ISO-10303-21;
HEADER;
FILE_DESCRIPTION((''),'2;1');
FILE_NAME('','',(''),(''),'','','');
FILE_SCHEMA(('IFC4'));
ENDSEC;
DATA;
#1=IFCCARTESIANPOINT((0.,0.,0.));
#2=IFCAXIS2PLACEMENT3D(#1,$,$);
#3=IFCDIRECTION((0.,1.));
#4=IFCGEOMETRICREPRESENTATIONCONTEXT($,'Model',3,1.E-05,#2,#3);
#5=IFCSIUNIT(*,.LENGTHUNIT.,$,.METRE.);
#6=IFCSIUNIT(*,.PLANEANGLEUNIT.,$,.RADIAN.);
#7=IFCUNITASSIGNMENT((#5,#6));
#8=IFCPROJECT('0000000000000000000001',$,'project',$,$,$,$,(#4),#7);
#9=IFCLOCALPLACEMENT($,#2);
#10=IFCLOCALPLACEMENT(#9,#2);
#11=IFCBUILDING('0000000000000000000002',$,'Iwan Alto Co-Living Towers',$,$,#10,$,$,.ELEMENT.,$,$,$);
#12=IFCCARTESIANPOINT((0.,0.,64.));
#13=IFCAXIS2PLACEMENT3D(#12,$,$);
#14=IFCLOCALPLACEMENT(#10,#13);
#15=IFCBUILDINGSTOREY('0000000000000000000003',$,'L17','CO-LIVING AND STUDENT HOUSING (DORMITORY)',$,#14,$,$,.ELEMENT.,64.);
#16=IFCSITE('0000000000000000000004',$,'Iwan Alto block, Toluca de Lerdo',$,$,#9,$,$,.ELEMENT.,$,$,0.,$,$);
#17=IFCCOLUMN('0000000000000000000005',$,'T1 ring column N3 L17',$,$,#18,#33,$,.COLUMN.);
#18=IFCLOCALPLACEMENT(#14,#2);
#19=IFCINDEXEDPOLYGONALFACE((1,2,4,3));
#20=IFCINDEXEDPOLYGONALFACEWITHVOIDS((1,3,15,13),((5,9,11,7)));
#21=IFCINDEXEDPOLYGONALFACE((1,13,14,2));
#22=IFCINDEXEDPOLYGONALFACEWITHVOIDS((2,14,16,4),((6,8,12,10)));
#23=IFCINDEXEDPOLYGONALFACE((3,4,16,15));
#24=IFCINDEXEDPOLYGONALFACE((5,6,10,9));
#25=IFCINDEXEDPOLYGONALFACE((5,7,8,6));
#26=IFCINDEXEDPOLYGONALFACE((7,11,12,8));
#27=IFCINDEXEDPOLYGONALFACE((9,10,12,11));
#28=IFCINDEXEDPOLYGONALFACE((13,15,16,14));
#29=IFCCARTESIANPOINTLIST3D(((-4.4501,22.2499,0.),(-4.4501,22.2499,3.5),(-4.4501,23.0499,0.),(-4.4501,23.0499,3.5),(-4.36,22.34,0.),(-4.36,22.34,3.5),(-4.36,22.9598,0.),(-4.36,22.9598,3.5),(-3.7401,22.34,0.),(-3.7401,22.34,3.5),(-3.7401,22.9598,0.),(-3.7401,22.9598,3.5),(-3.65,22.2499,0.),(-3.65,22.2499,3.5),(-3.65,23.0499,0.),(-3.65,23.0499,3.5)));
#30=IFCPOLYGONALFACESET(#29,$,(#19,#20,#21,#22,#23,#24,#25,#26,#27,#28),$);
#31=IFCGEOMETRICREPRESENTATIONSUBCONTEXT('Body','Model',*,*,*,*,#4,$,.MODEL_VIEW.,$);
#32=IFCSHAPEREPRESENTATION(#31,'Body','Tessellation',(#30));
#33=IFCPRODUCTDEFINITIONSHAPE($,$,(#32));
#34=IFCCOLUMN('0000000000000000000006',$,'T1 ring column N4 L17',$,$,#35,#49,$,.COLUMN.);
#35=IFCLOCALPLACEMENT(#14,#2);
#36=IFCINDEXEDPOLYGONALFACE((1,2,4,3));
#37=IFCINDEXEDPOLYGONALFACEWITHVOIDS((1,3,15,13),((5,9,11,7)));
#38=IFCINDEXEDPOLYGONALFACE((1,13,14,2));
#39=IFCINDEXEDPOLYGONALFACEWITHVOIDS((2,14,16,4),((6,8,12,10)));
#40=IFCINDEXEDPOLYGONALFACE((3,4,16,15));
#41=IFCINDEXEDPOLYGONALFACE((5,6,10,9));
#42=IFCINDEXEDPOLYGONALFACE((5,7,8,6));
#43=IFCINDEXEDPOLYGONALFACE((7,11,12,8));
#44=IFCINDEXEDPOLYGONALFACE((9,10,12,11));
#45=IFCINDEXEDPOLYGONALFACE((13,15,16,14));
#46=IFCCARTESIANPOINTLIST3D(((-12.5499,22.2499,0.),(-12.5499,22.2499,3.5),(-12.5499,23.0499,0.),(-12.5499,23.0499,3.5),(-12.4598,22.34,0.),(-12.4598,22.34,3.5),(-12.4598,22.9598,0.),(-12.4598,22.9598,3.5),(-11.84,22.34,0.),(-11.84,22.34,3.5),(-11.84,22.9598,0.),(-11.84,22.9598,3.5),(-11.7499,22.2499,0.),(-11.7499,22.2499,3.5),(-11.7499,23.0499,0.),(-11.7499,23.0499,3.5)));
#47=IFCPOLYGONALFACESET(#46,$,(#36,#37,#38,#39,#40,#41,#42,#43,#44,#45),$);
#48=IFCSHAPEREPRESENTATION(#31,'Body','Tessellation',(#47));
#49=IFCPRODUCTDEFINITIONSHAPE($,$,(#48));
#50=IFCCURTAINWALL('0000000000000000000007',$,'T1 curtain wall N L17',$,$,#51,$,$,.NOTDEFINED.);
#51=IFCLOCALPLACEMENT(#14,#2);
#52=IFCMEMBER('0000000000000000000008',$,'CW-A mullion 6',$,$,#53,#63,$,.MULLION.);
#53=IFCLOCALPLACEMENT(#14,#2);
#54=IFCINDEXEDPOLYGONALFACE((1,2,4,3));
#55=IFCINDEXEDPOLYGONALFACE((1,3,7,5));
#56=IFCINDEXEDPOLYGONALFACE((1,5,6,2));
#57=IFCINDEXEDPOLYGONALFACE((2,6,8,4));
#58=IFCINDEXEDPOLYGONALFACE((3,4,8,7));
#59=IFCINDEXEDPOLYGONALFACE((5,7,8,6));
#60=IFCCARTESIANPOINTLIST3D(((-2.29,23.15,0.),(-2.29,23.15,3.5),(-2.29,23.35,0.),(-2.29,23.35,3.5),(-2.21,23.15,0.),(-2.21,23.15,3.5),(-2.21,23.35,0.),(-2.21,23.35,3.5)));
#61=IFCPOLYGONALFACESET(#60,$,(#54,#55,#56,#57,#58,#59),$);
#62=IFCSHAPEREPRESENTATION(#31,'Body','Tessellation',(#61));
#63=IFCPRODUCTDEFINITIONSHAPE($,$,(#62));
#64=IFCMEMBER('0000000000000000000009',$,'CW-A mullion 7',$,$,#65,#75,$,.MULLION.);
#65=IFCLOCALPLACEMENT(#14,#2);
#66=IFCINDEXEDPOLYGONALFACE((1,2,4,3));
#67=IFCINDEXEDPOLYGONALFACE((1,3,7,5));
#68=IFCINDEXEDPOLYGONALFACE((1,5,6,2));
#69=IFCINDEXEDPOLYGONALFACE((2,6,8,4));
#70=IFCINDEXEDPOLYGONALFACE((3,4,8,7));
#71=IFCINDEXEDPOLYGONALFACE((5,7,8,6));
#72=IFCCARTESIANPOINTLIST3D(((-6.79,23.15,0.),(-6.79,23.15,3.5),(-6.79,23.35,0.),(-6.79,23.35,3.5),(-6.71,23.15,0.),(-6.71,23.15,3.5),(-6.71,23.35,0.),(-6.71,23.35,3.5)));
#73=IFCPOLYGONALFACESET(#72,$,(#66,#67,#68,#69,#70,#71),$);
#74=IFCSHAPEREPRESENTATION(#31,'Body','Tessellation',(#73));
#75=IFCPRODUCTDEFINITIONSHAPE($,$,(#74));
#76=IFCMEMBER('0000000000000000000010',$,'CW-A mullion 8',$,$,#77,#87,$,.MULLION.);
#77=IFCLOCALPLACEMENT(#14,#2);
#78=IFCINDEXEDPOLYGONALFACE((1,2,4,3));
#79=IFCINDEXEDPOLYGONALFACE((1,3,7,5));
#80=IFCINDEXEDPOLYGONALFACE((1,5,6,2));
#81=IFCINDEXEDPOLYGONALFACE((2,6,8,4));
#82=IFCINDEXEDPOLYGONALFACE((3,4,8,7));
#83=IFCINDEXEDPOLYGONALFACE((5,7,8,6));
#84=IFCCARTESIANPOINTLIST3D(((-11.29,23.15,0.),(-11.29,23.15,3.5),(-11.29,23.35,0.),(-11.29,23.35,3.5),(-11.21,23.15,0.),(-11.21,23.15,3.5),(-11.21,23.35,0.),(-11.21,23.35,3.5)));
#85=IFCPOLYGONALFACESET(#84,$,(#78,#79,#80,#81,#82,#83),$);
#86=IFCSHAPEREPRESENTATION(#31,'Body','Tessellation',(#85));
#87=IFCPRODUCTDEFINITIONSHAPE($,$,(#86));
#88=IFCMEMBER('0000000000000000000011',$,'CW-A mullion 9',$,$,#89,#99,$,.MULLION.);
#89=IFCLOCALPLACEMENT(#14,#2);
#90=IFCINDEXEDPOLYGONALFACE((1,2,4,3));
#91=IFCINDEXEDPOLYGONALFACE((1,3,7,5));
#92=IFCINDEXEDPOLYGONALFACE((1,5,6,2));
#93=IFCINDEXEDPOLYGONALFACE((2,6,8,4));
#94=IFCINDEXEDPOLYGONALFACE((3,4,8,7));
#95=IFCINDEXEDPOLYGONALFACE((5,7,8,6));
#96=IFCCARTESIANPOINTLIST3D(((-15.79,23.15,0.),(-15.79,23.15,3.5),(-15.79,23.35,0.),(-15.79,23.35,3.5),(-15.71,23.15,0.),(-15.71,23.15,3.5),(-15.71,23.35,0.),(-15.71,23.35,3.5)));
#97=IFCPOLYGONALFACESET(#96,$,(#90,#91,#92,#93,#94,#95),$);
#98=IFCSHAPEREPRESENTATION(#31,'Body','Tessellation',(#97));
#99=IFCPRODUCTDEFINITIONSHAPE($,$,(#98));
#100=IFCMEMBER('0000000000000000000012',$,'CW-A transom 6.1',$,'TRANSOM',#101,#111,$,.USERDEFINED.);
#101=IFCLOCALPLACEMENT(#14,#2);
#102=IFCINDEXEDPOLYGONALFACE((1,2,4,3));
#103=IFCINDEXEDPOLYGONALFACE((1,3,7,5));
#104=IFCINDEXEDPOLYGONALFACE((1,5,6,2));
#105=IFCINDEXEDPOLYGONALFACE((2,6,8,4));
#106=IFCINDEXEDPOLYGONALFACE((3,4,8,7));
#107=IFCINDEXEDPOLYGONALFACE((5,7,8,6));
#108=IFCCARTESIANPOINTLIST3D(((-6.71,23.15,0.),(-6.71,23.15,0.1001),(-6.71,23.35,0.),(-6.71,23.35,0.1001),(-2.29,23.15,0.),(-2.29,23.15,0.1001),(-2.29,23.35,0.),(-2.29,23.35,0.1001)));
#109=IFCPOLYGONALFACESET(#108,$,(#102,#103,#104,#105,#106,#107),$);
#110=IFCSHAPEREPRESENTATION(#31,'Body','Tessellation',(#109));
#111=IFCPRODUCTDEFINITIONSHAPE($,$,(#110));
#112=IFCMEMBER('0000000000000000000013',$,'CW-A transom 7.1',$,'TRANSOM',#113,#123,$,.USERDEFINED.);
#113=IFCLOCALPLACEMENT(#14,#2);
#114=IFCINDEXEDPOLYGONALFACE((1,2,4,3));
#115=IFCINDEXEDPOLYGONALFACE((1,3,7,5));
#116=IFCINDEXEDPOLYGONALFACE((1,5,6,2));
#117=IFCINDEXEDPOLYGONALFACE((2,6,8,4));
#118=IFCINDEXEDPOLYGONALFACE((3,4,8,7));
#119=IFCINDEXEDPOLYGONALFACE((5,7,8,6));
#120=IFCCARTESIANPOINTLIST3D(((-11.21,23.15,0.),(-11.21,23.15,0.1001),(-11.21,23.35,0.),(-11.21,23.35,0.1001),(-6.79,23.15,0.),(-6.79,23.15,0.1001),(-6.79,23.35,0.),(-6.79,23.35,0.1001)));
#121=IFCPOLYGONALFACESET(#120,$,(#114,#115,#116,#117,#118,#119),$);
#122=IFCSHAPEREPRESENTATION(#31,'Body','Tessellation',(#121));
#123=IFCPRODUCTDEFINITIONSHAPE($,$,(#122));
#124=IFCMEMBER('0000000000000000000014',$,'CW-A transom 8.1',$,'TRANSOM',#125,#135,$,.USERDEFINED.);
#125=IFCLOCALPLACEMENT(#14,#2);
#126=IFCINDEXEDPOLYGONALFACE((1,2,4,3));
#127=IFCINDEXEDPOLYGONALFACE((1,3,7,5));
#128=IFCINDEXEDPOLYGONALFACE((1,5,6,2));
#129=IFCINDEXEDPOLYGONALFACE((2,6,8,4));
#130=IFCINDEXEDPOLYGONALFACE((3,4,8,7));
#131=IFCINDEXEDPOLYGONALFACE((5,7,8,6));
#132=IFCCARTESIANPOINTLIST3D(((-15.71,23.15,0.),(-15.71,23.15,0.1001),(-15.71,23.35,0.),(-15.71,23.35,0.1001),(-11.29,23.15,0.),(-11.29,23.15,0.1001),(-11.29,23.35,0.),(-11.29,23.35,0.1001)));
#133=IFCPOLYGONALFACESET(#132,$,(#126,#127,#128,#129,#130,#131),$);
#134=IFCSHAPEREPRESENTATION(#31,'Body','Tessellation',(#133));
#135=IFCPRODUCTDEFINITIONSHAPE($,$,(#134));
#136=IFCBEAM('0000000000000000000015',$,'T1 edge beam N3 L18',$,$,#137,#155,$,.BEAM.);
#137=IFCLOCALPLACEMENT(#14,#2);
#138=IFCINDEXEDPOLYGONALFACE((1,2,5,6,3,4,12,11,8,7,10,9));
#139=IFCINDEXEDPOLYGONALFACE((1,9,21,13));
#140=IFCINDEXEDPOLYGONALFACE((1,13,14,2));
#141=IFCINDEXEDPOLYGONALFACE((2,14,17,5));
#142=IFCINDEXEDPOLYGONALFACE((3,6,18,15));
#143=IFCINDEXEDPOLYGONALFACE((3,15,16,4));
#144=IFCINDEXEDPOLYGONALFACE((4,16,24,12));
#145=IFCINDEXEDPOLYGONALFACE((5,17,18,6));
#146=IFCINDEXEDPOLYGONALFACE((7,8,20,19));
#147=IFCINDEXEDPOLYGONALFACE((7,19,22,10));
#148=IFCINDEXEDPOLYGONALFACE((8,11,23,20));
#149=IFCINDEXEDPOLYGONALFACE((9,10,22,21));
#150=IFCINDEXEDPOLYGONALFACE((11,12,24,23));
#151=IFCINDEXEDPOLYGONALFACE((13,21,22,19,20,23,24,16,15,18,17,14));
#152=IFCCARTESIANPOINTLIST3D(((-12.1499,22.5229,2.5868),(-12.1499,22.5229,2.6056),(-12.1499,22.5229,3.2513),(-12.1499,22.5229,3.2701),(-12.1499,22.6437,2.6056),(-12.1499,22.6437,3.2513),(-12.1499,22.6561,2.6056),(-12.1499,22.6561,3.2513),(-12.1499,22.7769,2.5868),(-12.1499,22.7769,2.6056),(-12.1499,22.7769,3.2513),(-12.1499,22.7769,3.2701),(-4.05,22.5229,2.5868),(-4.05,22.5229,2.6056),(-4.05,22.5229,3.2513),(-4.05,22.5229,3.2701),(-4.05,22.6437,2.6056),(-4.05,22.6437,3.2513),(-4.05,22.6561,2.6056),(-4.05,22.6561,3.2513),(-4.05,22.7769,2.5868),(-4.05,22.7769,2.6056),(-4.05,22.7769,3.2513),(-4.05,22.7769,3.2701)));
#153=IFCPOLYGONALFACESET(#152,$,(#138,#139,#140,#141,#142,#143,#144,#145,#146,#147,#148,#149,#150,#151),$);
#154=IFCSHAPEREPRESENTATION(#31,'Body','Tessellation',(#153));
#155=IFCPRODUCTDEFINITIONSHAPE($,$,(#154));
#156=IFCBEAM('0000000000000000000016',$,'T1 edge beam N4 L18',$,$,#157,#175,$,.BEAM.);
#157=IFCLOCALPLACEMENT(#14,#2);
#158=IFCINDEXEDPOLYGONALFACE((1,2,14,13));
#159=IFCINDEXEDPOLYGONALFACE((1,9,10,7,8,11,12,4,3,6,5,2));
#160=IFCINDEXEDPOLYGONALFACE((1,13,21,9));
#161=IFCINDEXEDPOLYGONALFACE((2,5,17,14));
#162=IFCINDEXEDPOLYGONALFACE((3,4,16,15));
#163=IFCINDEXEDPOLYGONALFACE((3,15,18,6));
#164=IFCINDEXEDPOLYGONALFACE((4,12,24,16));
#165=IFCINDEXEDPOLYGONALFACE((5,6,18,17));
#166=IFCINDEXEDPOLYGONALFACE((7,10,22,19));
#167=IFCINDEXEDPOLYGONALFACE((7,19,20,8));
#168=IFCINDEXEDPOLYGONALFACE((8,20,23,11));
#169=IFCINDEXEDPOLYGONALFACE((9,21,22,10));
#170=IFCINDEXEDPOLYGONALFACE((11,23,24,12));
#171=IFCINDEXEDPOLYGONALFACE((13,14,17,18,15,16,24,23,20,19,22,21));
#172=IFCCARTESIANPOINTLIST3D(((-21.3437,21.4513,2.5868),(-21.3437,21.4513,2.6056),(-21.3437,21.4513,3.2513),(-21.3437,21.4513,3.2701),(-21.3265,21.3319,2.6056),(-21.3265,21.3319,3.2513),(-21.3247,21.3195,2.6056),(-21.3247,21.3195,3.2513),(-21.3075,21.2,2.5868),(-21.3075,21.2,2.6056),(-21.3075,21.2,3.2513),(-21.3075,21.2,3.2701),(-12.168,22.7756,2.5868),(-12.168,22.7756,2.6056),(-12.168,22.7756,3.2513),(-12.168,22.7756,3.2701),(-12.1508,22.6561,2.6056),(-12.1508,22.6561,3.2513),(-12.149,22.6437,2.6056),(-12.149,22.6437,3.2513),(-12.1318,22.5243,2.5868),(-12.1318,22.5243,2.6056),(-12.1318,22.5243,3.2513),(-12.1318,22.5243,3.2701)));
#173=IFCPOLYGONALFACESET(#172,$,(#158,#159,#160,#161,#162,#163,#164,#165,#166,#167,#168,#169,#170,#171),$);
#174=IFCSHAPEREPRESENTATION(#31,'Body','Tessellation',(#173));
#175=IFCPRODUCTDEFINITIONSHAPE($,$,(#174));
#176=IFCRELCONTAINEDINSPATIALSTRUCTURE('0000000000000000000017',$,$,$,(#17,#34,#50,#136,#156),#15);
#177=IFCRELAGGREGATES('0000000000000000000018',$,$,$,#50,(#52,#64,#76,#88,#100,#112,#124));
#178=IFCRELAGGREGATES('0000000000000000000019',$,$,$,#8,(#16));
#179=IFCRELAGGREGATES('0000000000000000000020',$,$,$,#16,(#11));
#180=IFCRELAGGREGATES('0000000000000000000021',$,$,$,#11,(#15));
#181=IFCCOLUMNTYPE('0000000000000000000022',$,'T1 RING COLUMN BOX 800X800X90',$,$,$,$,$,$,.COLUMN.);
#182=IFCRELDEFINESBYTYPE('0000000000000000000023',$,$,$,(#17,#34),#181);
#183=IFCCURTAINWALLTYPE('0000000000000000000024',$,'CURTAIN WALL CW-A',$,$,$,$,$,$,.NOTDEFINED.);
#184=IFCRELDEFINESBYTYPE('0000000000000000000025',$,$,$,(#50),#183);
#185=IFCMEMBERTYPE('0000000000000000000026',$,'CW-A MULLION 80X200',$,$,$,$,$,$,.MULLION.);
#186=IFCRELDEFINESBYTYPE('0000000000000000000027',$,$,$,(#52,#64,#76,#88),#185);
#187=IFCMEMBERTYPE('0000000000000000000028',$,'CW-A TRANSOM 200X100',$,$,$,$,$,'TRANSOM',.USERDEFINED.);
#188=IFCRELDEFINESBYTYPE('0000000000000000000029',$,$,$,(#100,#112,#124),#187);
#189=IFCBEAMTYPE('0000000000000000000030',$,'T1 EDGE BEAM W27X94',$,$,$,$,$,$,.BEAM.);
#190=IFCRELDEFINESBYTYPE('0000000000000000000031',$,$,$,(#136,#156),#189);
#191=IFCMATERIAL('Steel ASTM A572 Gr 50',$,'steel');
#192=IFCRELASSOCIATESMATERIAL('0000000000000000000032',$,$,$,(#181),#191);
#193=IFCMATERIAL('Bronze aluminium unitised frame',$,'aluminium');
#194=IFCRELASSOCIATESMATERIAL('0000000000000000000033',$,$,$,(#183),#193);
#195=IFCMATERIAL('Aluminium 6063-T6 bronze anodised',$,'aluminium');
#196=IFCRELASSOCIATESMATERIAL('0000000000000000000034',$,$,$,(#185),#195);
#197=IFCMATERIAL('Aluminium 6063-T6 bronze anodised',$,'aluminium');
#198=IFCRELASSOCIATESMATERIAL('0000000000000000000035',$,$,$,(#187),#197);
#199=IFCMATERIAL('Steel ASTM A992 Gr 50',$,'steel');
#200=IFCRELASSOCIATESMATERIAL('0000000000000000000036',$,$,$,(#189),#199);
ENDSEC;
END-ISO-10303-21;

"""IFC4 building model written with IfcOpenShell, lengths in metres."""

from ifc_helpers import new_model, si_unit, direction, frame, origin, origin_2d, place, context, subcontext, project, spatial, rectangle, hollow_rectangle, i_section, extrude, material, material_profile, profile_set, type_object, element, aggregate, save


model = new_model("IFC4")

# Units and contexts
model_context = context("Model", 3, precision=1e-05, world=origin(), true_north=direction((0.0, 1.0)))
body_context = subcontext(model_context, "Body", "Model", "MODEL_VIEW")
ifc_project = project(units=[si_unit("LENGTHUNIT", "METRE"), si_unit("PLANEANGLEUNIT", "RADIAN")], contexts=[model_context])

# Site, building, storey
site_placement = place(None, origin())
site = spatial("IfcSite", under=ifc_project, at=site_placement, Name="Iwan Alto block, Toluca de Lerdo", CompositionType="ELEMENT", RefElevation=0.0)
building_placement = place(site_placement, origin())
building = spatial("IfcBuilding", under=site, at=building_placement, Name="Iwan Alto Co-Living Towers", CompositionType="ELEMENT")
storey_placement = place(building_placement, frame((0.0, 0.0, 64.0)))
storey = spatial("IfcBuildingStorey", under=building, at=storey_placement, Name="L17", Description="CO-LIVING AND STUDENT HOUSING (DORMITORY)", CompositionType="ELEMENT", Elevation=64.0)

# Columns
ifc_material_1 = material(Name="Steel ASTM A572 Gr 50", Category="steel")
ifc_material_profile_1 = material_profile(ifc_material_1, hollow_rectangle(XDim=0.8, YDim=0.8, WallThickness=0.0901, at=origin_2d()), Name="BOX 800X800X90")
ifc_profile_set_1 = profile_set([ifc_material_profile_1], Name="Steel ASTM A572 Gr 50")
column_type = type_object("IfcColumnType", Name="T1 RING COLUMN BOX 800X800X90", PredefinedType="COLUMN", material=ifc_profile_set_1)
for number, where, z_axis, x_axis, name in (
    (1, (-4.05, 22.6499, 0.0), (0.0, 0.0, 1.0), (1.0, 0.0, 0.0), "T1 ring column N3 L17"),
    (2, (-12.1499, 22.6499, 0.0), (0.0, 0.0, 1.0), (1.0, 0.0, 0.0), "T1 ring column N4 L17"),
):
    element("IfcColumn", number, at=place(storey_placement, frame(where, z_axis=z_axis, x_axis=x_axis)), inside=storey, type_object=column_type, Name=name, PredefinedType="COLUMN", context=body_context, shape_type="SweptSolid", body=[
        extrude(hollow_rectangle(XDim=0.8, YDim=0.8, WallThickness=0.0901, at=origin_2d()), origin(), (0.0, 0.0, 1.0), 3.5),
    ])

# Curtain wall, members
ifc_material_2 = material(Name="Bronze aluminium unitised frame", Category="aluminium")
curtain_wall_type = type_object("IfcCurtainWallType", Name="CURTAIN WALL CW-A", PredefinedType="NOTDEFINED", material=ifc_material_2)
curtain_wall_placement = place(storey_placement, origin())
curtain_wall = element("IfcCurtainWall", 3, at=curtain_wall_placement, inside=storey, type_object=curtain_wall_type, Name="T1 curtain wall N L17", PredefinedType="NOTDEFINED")
ifc_material_3 = material(Name="Aluminium 6063-T6 bronze anodised", Category="aluminium")
ifc_material_profile_2 = material_profile(ifc_material_3, rectangle(XDim=0.2, YDim=0.0801, at=origin_2d()), Name="AL 80X200")
ifc_profile_set_2 = profile_set([ifc_material_profile_2], Name="Aluminium 6063-T6 bronze anodised")
member_type_1 = type_object("IfcMemberType", Name="CW-A MULLION 80X200", PredefinedType="MULLION", material=ifc_profile_set_2)
member_1_placement = place(storey_placement, frame((-2.25, 23.25, 0.0), z_axis=(0.0, 0.0, 1.0), x_axis=(0.0, -1.0, 0.0)))
member_1 = element("IfcMember", 4, at=member_1_placement, type_object=member_type_1, Name="CW-A mullion 6", PredefinedType="MULLION", context=body_context, shape_type="SweptSolid", body=[
    extrude(rectangle(XDim=0.2, YDim=0.0801, at=origin_2d()), origin(), (0.0, 0.0, 1.0), 3.5),
])
member_2_placement = place(storey_placement, frame((-6.75, 23.25, 0.0), z_axis=(0.0, 0.0, 1.0), x_axis=(0.0, -1.0, 0.0)))
member_2 = element("IfcMember", 5, at=member_2_placement, type_object=member_type_1, Name="CW-A mullion 7", PredefinedType="MULLION", context=body_context, shape_type="SweptSolid", body=[
    extrude(rectangle(XDim=0.2, YDim=0.0801, at=origin_2d()), origin(), (0.0, 0.0, 1.0), 3.5),
])
member_3_placement = place(storey_placement, frame((-11.25, 23.25, 0.0), z_axis=(0.0, 0.0, 1.0), x_axis=(0.0, -1.0, 0.0)))
member_3 = element("IfcMember", 6, at=member_3_placement, type_object=member_type_1, Name="CW-A mullion 8", PredefinedType="MULLION", context=body_context, shape_type="SweptSolid", body=[
    extrude(rectangle(XDim=0.2, YDim=0.0801, at=origin_2d()), origin(), (0.0, 0.0, 1.0), 3.5),
])
member_4_placement = place(storey_placement, frame((-15.75, 23.25, 0.0), z_axis=(0.0, 0.0, 1.0), x_axis=(0.0, -1.0, 0.0)))
member_4 = element("IfcMember", 7, at=member_4_placement, type_object=member_type_1, Name="CW-A mullion 9", PredefinedType="MULLION", context=body_context, shape_type="SweptSolid", body=[
    extrude(rectangle(XDim=0.2, YDim=0.0801, at=origin_2d()), origin(), (0.0, 0.0, 1.0), 3.5),
])
ifc_material_4 = material(Name="Aluminium 6063-T6 bronze anodised", Category="aluminium")
ifc_material_profile_3 = material_profile(ifc_material_4, rectangle(XDim=0.2, YDim=0.1001, at=origin_2d()), Name="AL 200X100")
ifc_profile_set_3 = profile_set([ifc_material_profile_3], Name="Aluminium 6063-T6 bronze anodised")
member_type_2 = type_object("IfcMemberType", Name="CW-A TRANSOM 200X100", ElementType="TRANSOM", PredefinedType="USERDEFINED", material=ifc_profile_set_3)
member_5_placement = place(storey_placement, frame((-2.29, 23.25, 0.05), z_axis=(-1.0, 0.0, 0.0), x_axis=(0.0, -1.0, 0.0)))
member_5 = element("IfcMember", 8, at=member_5_placement, type_object=member_type_2, Name="CW-A transom 6.1", ObjectType="TRANSOM", PredefinedType="USERDEFINED", context=body_context, shape_type="SweptSolid", body=[
    extrude(rectangle(XDim=0.2, YDim=0.1001, at=origin_2d()), origin(), (0.0, 0.0, 1.0), 4.4199),
])
member_6_placement = place(storey_placement, frame((-6.79, 23.25, 0.05), z_axis=(-1.0, 0.0, 0.0), x_axis=(0.0, -1.0, 0.0)))
member_6 = element("IfcMember", 9, at=member_6_placement, type_object=member_type_2, Name="CW-A transom 7.1", ObjectType="TRANSOM", PredefinedType="USERDEFINED", context=body_context, shape_type="SweptSolid", body=[
    extrude(rectangle(XDim=0.2, YDim=0.1001, at=origin_2d()), origin(), (0.0, 0.0, 1.0), 4.4199),
])
member_7_placement = place(storey_placement, frame((-11.29, 23.25, 0.05), z_axis=(-1.0, 0.0, 0.0), x_axis=(0.0, -1.0, 0.0)))
member_7 = element("IfcMember", 10, at=member_7_placement, type_object=member_type_2, Name="CW-A transom 8.1", ObjectType="TRANSOM", PredefinedType="USERDEFINED", context=body_context, shape_type="SweptSolid", body=[
    extrude(rectangle(XDim=0.2, YDim=0.1001, at=origin_2d()), origin(), (0.0, 0.0, 1.0), 4.4199),
])

# Beams
ifc_material_5 = material(Name="Steel ASTM A992 Gr 50", Category="steel")
ifc_material_profile_4 = material_profile(ifc_material_5, i_section(OverallWidth=0.2539, OverallDepth=0.6833, WebThickness=0.0125, FlangeThickness=0.0188, at=origin_2d()), Name="W27X94")
ifc_profile_set_4 = profile_set([ifc_material_profile_4], Name="Steel ASTM A992 Gr 50")
beam_type_1 = type_object("IfcBeamType", Name="T1 EDGE BEAM W27X94", PredefinedType="BEAM", material=ifc_profile_set_4)
beam_1_placement = place(storey_placement, frame((-4.05, 22.6499, 2.9285), z_axis=(-1.0, 0.0, 0.0), x_axis=(0.0, -1.0, 0.0)))
element("IfcBeam", 11, at=beam_1_placement, inside=storey, type_object=beam_type_1, Name="T1 edge beam N3 L18", PredefinedType="BEAM", context=body_context, shape_type="SweptSolid", body=[
    extrude(i_section(OverallWidth=0.2539, OverallDepth=0.6833, WebThickness=0.0125, FlangeThickness=0.0188, at=origin_2d()), origin(), (0.0, 0.0, 1.0), 8.0999),
])
beam_2_placement = place(storey_placement, frame((-12.1499, 22.6499, 2.9285), z_axis=(-0.989746, -0.142837, 0.0), x_axis=(0.142837, -0.989746, 0.0)))
element("IfcBeam", 12, at=beam_2_placement, inside=storey, type_object=beam_type_1, Name="T1 edge beam N4 L18", PredefinedType="BEAM", context=body_context, shape_type="SweptSolid", body=[
    extrude(i_section(OverallWidth=0.2539, OverallDepth=0.6833, WebThickness=0.0125, FlangeThickness=0.0188, at=origin_2d()), origin(), (0.0, 0.0, 1.0), 9.2708),
])

aggregate(curtain_wall, [member_1, member_2, member_3, member_4, member_5, member_6, member_7])

save(model, "model.ifc")
